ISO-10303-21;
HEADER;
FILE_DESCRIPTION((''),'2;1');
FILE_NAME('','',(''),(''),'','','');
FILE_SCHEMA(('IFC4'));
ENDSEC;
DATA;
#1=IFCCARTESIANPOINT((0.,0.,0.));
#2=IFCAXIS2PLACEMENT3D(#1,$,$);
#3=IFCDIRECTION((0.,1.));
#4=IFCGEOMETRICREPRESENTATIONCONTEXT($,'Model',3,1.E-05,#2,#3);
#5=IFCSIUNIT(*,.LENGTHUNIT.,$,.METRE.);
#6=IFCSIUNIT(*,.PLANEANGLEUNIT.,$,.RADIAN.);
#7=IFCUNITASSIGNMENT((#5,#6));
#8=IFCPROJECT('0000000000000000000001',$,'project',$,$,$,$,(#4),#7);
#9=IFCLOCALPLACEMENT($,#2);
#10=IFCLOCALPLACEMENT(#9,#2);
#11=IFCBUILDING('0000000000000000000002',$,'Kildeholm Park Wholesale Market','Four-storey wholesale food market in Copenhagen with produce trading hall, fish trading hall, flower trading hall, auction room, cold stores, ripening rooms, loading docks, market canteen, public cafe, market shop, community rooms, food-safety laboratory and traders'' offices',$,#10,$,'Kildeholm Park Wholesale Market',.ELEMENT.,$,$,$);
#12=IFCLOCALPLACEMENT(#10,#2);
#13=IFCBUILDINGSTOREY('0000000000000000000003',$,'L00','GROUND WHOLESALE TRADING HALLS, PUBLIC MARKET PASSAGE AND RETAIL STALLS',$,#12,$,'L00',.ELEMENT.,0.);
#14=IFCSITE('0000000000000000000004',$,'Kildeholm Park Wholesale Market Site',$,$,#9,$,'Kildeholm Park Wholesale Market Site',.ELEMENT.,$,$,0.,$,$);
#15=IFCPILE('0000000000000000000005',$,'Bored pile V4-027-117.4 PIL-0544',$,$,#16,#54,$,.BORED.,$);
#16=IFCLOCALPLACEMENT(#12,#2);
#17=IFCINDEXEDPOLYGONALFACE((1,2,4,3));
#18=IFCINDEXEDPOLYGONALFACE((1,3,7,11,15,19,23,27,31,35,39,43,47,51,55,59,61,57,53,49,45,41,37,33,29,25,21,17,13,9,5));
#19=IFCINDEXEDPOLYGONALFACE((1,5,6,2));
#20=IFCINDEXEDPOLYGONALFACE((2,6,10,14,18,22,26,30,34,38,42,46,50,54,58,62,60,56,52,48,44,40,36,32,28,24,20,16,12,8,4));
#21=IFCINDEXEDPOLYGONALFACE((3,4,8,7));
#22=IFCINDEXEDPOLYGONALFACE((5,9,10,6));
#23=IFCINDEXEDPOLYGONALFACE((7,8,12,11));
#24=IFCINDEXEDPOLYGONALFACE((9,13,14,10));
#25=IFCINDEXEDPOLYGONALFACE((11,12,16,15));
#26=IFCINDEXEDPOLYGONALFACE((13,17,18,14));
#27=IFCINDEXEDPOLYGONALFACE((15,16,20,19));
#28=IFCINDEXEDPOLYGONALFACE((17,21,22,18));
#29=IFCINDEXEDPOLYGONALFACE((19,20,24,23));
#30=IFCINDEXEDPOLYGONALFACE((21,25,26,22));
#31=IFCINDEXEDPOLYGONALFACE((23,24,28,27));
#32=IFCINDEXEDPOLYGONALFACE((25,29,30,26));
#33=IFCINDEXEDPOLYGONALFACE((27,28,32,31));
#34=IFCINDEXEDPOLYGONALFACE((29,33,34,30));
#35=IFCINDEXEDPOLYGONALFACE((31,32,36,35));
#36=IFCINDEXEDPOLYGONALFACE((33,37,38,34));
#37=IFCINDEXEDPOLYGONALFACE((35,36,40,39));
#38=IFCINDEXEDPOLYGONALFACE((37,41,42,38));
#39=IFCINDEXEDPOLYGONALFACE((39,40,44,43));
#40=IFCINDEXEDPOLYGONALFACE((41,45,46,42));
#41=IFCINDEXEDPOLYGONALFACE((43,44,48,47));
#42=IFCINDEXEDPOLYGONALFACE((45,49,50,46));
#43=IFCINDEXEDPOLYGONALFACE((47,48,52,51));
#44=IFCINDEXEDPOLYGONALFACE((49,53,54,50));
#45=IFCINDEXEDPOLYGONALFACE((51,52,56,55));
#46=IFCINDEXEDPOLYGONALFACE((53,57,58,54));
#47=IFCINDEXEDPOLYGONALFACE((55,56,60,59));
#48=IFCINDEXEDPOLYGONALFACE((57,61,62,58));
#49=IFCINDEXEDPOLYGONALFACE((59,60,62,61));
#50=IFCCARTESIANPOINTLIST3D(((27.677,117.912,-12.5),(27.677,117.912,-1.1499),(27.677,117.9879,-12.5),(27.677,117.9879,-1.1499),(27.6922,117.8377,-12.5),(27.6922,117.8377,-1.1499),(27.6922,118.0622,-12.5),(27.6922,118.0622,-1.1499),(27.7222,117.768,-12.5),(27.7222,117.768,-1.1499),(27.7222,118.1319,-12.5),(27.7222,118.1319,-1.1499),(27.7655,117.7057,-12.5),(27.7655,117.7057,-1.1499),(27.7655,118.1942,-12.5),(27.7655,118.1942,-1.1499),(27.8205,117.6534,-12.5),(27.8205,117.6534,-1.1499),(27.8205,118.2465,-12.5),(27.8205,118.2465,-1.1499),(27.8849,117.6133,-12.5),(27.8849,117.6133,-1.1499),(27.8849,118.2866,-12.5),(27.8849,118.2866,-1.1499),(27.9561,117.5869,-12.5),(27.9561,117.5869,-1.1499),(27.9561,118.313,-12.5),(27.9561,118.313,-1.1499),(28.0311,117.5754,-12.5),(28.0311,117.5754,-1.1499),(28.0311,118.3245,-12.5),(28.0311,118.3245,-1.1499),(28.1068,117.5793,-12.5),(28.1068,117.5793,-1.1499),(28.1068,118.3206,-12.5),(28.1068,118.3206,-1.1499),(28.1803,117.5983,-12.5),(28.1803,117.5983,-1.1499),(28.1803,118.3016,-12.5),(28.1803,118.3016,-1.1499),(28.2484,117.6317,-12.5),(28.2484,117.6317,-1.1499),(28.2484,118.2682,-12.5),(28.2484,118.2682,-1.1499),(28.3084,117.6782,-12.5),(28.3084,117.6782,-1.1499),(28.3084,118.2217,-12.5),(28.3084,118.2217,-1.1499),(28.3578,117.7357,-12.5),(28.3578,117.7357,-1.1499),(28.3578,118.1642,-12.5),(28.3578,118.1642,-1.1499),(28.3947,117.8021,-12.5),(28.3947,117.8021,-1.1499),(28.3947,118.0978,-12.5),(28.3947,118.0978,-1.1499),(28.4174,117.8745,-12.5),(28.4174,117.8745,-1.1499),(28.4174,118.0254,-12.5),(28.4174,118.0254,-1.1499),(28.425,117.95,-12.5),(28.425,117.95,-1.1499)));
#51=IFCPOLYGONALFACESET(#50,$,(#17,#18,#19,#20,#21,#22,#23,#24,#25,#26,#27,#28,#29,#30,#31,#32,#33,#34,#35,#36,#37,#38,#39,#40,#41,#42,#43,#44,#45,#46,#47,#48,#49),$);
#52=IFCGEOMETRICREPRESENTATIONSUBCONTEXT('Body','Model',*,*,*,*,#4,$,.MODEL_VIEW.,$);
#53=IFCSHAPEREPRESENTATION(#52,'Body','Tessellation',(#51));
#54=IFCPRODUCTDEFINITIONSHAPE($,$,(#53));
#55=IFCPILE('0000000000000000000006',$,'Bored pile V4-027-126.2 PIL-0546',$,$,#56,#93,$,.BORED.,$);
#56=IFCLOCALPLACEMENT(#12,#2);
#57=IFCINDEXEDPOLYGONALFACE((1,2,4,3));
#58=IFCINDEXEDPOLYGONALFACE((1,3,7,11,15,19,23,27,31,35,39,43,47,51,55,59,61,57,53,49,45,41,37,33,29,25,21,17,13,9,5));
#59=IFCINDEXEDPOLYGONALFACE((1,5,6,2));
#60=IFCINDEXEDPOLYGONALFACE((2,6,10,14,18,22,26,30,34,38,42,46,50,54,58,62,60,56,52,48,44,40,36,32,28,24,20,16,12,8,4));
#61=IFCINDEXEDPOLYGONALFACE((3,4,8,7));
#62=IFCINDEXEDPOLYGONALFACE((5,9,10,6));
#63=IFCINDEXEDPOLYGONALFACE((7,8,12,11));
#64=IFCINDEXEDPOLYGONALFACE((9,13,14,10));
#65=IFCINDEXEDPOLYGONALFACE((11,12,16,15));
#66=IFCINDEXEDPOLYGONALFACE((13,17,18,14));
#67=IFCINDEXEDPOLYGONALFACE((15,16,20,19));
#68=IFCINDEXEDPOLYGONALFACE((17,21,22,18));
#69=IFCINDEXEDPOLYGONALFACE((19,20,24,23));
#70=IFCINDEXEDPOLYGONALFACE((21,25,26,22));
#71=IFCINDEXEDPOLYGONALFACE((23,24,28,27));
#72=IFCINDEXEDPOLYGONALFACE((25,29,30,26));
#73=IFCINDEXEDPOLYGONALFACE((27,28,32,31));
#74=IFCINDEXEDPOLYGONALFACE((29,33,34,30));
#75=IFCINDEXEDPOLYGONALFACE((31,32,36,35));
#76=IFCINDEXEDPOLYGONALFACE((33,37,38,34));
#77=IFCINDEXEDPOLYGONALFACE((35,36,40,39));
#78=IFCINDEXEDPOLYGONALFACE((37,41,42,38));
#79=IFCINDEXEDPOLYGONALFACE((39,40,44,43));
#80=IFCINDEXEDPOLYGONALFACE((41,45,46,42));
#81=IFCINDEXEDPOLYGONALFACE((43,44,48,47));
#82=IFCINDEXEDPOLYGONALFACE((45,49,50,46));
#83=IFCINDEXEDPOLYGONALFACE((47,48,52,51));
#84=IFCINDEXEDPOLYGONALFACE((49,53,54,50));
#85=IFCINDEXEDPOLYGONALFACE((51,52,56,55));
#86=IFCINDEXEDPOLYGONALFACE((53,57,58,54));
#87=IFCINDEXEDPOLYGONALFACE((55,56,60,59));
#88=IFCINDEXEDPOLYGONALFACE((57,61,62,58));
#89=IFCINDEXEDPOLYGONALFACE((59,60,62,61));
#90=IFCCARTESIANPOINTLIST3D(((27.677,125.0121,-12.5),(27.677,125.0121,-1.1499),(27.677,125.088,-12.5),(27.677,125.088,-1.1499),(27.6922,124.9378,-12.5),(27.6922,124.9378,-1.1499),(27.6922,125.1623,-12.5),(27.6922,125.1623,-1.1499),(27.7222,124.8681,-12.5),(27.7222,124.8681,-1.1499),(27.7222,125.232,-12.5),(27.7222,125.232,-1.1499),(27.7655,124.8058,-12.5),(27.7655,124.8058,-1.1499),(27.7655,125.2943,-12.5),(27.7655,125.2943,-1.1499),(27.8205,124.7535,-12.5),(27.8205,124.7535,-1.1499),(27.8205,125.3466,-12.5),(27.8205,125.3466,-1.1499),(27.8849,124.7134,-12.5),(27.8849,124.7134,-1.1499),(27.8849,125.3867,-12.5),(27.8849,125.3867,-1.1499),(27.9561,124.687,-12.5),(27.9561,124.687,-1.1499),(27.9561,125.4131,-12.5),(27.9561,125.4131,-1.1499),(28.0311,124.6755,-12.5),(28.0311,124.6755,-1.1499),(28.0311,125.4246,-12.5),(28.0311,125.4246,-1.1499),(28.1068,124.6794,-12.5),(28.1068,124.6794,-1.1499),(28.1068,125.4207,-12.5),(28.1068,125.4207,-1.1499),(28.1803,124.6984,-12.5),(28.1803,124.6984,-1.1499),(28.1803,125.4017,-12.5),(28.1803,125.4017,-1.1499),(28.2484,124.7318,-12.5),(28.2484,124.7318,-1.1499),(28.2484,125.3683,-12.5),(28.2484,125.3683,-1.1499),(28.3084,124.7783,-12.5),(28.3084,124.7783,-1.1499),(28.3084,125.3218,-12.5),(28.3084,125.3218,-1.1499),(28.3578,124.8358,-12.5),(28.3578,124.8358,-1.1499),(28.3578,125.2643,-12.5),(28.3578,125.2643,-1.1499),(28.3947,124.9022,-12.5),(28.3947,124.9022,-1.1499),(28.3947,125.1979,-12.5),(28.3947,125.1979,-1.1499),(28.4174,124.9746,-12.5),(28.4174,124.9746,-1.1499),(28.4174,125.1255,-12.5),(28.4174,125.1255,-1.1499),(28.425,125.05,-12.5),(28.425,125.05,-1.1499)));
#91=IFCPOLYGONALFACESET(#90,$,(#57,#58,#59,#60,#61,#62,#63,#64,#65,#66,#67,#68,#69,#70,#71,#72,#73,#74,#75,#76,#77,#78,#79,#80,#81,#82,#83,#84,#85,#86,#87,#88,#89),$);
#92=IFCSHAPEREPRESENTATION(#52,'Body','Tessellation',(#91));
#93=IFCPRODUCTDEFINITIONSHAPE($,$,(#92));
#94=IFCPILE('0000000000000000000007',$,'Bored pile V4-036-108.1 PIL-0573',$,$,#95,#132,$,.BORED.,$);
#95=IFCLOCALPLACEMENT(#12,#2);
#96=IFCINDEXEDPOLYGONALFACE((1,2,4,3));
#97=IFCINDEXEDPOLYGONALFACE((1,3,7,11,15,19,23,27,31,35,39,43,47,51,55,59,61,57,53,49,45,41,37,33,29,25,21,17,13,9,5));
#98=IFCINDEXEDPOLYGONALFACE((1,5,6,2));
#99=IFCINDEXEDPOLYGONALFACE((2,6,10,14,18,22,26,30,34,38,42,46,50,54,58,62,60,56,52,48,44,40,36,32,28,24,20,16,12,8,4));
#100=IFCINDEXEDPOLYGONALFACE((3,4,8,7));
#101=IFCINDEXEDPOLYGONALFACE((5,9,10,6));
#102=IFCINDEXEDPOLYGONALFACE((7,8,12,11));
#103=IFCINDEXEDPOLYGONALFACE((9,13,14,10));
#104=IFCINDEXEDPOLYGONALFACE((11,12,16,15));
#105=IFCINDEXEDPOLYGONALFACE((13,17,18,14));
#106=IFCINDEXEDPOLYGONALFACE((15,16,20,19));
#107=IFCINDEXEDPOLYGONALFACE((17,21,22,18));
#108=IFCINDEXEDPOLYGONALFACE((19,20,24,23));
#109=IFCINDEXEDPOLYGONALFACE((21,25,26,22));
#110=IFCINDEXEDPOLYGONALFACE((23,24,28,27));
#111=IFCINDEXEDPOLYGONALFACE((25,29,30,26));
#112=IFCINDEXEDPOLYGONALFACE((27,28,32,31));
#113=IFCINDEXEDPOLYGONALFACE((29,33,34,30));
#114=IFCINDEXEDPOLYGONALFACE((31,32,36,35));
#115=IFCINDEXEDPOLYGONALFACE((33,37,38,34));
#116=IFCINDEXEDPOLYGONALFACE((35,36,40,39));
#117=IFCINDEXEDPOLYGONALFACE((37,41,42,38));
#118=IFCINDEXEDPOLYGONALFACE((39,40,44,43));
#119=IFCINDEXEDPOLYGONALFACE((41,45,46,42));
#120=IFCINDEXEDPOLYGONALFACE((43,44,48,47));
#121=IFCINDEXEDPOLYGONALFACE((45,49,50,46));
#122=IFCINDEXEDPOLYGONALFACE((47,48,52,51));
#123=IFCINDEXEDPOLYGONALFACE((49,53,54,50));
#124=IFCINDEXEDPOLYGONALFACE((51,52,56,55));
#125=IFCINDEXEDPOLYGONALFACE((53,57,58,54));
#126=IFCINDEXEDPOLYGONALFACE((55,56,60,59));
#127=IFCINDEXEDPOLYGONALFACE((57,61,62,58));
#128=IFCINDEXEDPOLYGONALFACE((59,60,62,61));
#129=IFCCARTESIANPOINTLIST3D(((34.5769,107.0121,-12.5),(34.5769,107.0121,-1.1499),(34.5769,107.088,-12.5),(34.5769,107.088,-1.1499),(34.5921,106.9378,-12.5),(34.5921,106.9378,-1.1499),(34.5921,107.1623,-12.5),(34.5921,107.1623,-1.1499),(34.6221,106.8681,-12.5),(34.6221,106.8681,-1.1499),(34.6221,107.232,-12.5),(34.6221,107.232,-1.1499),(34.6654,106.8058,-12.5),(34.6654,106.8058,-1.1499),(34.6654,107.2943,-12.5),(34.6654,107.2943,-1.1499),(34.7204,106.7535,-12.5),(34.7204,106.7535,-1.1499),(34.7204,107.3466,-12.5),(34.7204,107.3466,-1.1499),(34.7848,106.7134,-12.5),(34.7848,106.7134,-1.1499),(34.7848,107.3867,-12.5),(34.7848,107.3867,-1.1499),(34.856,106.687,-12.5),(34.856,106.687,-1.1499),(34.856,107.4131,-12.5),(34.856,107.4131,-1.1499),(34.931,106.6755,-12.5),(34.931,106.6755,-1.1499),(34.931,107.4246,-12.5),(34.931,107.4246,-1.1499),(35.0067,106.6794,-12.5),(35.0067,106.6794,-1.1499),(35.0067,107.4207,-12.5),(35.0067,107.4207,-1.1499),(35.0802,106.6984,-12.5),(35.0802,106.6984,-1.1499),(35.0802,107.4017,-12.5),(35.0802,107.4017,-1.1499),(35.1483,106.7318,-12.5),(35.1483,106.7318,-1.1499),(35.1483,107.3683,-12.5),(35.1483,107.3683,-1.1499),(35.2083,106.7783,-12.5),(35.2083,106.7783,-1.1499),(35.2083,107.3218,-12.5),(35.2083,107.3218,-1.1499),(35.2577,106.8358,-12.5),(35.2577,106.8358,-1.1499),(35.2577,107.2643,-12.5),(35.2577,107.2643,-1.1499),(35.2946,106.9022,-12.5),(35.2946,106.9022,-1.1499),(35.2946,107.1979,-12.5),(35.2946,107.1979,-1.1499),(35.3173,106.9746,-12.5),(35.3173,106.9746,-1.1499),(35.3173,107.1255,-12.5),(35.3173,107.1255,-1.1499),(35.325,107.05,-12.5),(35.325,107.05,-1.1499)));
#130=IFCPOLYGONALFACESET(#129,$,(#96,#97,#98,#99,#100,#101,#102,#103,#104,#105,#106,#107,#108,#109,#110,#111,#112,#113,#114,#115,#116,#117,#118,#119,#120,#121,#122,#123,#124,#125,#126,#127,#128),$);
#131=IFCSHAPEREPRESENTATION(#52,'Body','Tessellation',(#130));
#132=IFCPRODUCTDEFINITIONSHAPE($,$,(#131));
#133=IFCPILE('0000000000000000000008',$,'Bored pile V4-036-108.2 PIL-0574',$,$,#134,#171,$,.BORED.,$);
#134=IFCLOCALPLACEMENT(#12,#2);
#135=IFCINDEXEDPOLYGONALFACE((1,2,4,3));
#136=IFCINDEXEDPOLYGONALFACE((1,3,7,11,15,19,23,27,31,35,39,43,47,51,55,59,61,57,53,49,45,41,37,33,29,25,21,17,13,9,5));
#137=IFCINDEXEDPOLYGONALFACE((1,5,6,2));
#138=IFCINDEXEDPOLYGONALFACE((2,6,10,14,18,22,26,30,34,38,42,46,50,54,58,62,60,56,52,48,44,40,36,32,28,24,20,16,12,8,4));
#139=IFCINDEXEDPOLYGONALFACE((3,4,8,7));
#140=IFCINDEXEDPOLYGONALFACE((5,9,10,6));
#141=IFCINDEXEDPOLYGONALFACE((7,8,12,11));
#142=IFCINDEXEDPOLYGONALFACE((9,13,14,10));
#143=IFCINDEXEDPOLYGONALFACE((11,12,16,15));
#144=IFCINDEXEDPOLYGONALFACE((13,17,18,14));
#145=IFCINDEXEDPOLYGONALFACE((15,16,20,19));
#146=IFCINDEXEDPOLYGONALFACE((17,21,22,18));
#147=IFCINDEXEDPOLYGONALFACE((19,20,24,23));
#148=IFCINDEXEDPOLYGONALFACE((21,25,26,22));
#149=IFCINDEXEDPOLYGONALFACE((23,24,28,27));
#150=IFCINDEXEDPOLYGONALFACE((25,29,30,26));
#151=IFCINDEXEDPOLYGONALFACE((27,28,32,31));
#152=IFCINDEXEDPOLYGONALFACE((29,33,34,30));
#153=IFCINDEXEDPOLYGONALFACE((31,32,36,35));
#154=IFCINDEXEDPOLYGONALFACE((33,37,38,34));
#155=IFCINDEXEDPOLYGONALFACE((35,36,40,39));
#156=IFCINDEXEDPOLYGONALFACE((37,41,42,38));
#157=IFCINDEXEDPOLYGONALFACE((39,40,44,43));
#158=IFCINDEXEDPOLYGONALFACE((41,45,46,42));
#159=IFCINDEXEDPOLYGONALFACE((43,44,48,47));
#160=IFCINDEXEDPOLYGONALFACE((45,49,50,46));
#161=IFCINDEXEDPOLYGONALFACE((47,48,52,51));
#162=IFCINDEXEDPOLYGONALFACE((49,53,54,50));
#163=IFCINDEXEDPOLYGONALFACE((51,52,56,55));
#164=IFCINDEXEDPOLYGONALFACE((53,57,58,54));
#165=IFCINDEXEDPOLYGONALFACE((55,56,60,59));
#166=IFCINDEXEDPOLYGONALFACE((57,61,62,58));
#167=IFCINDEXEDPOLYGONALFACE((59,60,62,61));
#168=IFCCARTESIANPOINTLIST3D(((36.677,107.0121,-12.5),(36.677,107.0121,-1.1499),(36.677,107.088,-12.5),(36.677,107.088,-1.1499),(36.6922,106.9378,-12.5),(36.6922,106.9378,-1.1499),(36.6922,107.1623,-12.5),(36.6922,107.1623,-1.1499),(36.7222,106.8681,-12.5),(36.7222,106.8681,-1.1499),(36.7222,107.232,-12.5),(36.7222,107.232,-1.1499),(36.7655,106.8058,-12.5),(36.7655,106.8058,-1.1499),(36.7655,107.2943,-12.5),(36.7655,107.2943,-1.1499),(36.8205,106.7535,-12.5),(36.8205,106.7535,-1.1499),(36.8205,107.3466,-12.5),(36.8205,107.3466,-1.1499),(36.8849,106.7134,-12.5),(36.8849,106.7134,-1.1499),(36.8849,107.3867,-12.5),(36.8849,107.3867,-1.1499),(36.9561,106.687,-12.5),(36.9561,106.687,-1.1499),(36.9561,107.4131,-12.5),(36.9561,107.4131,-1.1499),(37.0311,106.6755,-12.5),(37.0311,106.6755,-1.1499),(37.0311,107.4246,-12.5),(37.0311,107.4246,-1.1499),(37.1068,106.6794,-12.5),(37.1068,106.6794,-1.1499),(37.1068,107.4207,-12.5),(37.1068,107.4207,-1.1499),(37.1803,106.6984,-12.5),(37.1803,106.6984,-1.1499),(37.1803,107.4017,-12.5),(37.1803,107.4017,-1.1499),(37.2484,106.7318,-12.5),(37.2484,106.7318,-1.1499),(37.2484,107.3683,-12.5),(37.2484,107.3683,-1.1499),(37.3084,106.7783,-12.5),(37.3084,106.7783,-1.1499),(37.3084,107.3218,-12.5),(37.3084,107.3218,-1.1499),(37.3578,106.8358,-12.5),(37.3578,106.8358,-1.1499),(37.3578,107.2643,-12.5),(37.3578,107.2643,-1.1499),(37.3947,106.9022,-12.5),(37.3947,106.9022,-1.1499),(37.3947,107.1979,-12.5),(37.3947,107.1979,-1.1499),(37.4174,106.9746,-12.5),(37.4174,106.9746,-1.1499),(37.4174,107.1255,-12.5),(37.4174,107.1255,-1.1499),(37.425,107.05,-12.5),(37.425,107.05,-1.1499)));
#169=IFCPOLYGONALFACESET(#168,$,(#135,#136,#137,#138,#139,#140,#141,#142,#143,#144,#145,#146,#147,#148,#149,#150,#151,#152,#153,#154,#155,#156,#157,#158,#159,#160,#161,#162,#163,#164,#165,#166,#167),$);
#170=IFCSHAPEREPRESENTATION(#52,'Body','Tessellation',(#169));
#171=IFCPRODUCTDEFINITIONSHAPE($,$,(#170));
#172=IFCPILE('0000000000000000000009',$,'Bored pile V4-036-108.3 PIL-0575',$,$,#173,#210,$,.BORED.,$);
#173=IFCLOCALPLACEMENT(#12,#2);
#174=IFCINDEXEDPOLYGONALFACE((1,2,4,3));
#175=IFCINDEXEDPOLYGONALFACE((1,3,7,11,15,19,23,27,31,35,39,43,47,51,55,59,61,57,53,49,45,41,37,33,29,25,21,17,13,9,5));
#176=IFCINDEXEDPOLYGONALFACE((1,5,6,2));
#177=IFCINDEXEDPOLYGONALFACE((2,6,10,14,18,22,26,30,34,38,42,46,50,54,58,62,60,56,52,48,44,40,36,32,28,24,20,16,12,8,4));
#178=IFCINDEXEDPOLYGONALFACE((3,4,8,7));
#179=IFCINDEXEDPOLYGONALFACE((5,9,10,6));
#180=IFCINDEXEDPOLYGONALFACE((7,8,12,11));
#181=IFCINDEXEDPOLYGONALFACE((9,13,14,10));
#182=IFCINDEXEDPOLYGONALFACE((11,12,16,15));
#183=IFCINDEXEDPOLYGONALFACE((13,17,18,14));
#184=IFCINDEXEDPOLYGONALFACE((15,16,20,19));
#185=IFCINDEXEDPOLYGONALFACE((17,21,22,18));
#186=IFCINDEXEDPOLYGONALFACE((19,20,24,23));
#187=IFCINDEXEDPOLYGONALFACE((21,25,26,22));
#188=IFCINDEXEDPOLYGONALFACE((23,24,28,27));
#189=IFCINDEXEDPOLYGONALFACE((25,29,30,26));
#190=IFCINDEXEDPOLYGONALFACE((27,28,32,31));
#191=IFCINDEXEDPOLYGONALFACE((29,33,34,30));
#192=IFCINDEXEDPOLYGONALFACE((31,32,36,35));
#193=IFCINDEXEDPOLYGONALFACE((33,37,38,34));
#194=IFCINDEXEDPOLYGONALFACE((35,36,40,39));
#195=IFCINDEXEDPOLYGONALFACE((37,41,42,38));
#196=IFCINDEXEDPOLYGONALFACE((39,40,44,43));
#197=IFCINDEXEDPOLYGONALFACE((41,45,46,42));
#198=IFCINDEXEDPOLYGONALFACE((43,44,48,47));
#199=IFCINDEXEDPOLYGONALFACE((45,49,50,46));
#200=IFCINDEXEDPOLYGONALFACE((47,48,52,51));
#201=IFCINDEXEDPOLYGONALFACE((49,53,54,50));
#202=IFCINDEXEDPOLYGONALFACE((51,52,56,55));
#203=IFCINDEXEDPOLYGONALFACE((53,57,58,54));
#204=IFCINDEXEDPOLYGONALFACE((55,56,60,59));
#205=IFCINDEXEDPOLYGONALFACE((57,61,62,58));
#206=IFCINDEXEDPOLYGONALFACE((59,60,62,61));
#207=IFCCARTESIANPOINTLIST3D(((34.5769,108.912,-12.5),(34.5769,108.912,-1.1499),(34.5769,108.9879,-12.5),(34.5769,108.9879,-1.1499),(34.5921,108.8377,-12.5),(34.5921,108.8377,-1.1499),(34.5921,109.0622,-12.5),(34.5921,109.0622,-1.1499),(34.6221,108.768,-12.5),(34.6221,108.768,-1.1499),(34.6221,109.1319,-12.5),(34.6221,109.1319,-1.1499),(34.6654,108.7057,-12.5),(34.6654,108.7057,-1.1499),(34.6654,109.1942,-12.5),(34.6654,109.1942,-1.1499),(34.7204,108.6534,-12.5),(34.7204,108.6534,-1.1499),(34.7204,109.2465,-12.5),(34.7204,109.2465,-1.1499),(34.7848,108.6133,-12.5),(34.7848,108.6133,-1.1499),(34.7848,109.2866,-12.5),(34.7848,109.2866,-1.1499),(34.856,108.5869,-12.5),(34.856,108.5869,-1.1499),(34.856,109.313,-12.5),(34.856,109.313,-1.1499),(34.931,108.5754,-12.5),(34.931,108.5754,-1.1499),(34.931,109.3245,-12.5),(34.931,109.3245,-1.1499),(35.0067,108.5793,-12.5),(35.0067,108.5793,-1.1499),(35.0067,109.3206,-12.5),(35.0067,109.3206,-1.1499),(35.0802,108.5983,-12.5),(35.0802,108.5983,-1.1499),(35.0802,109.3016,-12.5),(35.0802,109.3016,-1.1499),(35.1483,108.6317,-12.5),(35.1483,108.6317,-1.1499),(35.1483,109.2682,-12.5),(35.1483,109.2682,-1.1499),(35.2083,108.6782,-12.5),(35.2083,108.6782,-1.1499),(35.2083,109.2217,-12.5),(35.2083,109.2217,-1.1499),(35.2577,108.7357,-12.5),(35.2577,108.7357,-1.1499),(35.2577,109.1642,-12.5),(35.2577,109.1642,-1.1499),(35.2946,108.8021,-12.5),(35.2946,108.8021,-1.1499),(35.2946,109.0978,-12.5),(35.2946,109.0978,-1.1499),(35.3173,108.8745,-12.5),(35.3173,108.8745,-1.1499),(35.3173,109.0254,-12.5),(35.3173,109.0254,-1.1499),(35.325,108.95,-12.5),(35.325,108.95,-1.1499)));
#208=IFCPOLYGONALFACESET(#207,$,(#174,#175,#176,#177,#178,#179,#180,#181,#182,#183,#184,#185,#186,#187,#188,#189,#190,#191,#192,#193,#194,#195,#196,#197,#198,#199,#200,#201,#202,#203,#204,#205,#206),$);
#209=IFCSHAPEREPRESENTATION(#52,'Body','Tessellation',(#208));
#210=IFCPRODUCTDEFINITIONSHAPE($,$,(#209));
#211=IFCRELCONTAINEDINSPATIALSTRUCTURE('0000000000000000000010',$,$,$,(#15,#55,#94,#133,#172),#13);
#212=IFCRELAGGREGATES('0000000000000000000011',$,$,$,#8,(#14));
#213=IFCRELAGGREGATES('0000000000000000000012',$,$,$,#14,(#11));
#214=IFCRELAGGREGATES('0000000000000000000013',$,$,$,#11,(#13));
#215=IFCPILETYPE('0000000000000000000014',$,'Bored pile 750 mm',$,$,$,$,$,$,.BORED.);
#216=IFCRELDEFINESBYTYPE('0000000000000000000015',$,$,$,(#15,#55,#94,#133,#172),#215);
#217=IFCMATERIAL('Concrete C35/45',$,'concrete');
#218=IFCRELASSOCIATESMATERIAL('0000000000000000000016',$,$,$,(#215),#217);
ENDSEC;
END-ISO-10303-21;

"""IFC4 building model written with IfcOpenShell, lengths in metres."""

from ifc_helpers import new_model, si_unit, direction, frame, origin, origin_2d, place, context, subcontext, project, spatial, circle, extrude, material, material_profile, profile_set, type_object, element, save


model = new_model("IFC4")

# Units and contexts
model_context = context("Model", 3, precision=1e-05, world=origin(), true_north=direction((0.0, 1.0)))
body_context = subcontext(model_context, "Body", "Model", "MODEL_VIEW")
ifc_project = project(units=[si_unit("LENGTHUNIT", "METRE"), si_unit("PLANEANGLEUNIT", "RADIAN")], contexts=[model_context])

# Site, building, storey
site_placement = place(None, origin())
site = spatial("IfcSite", under=ifc_project, at=site_placement, Name="Kildeholm Park Wholesale Market Site", LongName="Kildeholm Park Wholesale Market Site", CompositionType="ELEMENT", RefElevation=0.0)
building_placement = place(site_placement, origin())
building = spatial("IfcBuilding", under=site, at=building_placement, Name="Kildeholm Park Wholesale Market", Description="Four-storey wholesale food market in Copenhagen with produce trading hall, fish trading hall, flower trading hall, auction room, cold stores, ripening rooms, loading docks, market canteen, public cafe, market shop, community rooms, food-safety laboratory and traders' offices", LongName="Kildeholm Park Wholesale Market", CompositionType="ELEMENT")
storey_placement = place(building_placement, origin())
storey = spatial("IfcBuildingStorey", under=building, at=storey_placement, Name="L00", Description="GROUND WHOLESALE TRADING HALLS, PUBLIC MARKET PASSAGE AND RETAIL STALLS", LongName="L00", CompositionType="ELEMENT", Elevation=0.0)

# Piles
ifc_material_1 = material(Name="Concrete C35/45", Category="concrete")
ifc_material_profile_1 = material_profile(ifc_material_1, circle(Radius=0.375, at=origin_2d()), Name="PILE D750")
ifc_profile_set_1 = profile_set([ifc_material_profile_1], Name="Concrete C35/45")
pile_type_1 = type_object("IfcPileType", Name="Bored pile 750 mm", PredefinedType="BORED", material=ifc_profile_set_1)
for number, where, z_axis, x_axis, name in (
    (1, (28.05, 117.95, -1.1499), (0.0, 0.0, -1.0), (1.0, 0.0, 0.0), "Bored pile V4-027-117.4 PIL-0544"),
    (2, (28.05, 125.05, -1.1499), (0.0, 0.0, -1.0), (1.0, 0.0, 0.0), "Bored pile V4-027-126.2 PIL-0546"),
    (3, (34.95, 107.05, -1.1499), (0.0, 0.0, -1.0), (1.0, 0.0, 0.0), "Bored pile V4-036-108.1 PIL-0573"),
    (4, (37.05, 107.05, -1.1499), (0.0, 0.0, -1.0), (1.0, 0.0, 0.0), "Bored pile V4-036-108.2 PIL-0574"),
    (5, (34.95, 108.95, -1.1499), (0.0, 0.0, -1.0), (1.0, 0.0, 0.0), "Bored pile V4-036-108.3 PIL-0575"),
):
    element("IfcPile", number, at=place(storey_placement, frame(where, z_axis=z_axis, x_axis=x_axis)), inside=storey, type_object=pile_type_1, Name=name, PredefinedType="BORED", context=body_context, shape_type="SweptSolid", body=[
        extrude(circle(Radius=0.375, at=origin_2d()), origin(), (0.0, 0.0, 1.0), 11.3501),
    ])

save(model, "model.ifc")
